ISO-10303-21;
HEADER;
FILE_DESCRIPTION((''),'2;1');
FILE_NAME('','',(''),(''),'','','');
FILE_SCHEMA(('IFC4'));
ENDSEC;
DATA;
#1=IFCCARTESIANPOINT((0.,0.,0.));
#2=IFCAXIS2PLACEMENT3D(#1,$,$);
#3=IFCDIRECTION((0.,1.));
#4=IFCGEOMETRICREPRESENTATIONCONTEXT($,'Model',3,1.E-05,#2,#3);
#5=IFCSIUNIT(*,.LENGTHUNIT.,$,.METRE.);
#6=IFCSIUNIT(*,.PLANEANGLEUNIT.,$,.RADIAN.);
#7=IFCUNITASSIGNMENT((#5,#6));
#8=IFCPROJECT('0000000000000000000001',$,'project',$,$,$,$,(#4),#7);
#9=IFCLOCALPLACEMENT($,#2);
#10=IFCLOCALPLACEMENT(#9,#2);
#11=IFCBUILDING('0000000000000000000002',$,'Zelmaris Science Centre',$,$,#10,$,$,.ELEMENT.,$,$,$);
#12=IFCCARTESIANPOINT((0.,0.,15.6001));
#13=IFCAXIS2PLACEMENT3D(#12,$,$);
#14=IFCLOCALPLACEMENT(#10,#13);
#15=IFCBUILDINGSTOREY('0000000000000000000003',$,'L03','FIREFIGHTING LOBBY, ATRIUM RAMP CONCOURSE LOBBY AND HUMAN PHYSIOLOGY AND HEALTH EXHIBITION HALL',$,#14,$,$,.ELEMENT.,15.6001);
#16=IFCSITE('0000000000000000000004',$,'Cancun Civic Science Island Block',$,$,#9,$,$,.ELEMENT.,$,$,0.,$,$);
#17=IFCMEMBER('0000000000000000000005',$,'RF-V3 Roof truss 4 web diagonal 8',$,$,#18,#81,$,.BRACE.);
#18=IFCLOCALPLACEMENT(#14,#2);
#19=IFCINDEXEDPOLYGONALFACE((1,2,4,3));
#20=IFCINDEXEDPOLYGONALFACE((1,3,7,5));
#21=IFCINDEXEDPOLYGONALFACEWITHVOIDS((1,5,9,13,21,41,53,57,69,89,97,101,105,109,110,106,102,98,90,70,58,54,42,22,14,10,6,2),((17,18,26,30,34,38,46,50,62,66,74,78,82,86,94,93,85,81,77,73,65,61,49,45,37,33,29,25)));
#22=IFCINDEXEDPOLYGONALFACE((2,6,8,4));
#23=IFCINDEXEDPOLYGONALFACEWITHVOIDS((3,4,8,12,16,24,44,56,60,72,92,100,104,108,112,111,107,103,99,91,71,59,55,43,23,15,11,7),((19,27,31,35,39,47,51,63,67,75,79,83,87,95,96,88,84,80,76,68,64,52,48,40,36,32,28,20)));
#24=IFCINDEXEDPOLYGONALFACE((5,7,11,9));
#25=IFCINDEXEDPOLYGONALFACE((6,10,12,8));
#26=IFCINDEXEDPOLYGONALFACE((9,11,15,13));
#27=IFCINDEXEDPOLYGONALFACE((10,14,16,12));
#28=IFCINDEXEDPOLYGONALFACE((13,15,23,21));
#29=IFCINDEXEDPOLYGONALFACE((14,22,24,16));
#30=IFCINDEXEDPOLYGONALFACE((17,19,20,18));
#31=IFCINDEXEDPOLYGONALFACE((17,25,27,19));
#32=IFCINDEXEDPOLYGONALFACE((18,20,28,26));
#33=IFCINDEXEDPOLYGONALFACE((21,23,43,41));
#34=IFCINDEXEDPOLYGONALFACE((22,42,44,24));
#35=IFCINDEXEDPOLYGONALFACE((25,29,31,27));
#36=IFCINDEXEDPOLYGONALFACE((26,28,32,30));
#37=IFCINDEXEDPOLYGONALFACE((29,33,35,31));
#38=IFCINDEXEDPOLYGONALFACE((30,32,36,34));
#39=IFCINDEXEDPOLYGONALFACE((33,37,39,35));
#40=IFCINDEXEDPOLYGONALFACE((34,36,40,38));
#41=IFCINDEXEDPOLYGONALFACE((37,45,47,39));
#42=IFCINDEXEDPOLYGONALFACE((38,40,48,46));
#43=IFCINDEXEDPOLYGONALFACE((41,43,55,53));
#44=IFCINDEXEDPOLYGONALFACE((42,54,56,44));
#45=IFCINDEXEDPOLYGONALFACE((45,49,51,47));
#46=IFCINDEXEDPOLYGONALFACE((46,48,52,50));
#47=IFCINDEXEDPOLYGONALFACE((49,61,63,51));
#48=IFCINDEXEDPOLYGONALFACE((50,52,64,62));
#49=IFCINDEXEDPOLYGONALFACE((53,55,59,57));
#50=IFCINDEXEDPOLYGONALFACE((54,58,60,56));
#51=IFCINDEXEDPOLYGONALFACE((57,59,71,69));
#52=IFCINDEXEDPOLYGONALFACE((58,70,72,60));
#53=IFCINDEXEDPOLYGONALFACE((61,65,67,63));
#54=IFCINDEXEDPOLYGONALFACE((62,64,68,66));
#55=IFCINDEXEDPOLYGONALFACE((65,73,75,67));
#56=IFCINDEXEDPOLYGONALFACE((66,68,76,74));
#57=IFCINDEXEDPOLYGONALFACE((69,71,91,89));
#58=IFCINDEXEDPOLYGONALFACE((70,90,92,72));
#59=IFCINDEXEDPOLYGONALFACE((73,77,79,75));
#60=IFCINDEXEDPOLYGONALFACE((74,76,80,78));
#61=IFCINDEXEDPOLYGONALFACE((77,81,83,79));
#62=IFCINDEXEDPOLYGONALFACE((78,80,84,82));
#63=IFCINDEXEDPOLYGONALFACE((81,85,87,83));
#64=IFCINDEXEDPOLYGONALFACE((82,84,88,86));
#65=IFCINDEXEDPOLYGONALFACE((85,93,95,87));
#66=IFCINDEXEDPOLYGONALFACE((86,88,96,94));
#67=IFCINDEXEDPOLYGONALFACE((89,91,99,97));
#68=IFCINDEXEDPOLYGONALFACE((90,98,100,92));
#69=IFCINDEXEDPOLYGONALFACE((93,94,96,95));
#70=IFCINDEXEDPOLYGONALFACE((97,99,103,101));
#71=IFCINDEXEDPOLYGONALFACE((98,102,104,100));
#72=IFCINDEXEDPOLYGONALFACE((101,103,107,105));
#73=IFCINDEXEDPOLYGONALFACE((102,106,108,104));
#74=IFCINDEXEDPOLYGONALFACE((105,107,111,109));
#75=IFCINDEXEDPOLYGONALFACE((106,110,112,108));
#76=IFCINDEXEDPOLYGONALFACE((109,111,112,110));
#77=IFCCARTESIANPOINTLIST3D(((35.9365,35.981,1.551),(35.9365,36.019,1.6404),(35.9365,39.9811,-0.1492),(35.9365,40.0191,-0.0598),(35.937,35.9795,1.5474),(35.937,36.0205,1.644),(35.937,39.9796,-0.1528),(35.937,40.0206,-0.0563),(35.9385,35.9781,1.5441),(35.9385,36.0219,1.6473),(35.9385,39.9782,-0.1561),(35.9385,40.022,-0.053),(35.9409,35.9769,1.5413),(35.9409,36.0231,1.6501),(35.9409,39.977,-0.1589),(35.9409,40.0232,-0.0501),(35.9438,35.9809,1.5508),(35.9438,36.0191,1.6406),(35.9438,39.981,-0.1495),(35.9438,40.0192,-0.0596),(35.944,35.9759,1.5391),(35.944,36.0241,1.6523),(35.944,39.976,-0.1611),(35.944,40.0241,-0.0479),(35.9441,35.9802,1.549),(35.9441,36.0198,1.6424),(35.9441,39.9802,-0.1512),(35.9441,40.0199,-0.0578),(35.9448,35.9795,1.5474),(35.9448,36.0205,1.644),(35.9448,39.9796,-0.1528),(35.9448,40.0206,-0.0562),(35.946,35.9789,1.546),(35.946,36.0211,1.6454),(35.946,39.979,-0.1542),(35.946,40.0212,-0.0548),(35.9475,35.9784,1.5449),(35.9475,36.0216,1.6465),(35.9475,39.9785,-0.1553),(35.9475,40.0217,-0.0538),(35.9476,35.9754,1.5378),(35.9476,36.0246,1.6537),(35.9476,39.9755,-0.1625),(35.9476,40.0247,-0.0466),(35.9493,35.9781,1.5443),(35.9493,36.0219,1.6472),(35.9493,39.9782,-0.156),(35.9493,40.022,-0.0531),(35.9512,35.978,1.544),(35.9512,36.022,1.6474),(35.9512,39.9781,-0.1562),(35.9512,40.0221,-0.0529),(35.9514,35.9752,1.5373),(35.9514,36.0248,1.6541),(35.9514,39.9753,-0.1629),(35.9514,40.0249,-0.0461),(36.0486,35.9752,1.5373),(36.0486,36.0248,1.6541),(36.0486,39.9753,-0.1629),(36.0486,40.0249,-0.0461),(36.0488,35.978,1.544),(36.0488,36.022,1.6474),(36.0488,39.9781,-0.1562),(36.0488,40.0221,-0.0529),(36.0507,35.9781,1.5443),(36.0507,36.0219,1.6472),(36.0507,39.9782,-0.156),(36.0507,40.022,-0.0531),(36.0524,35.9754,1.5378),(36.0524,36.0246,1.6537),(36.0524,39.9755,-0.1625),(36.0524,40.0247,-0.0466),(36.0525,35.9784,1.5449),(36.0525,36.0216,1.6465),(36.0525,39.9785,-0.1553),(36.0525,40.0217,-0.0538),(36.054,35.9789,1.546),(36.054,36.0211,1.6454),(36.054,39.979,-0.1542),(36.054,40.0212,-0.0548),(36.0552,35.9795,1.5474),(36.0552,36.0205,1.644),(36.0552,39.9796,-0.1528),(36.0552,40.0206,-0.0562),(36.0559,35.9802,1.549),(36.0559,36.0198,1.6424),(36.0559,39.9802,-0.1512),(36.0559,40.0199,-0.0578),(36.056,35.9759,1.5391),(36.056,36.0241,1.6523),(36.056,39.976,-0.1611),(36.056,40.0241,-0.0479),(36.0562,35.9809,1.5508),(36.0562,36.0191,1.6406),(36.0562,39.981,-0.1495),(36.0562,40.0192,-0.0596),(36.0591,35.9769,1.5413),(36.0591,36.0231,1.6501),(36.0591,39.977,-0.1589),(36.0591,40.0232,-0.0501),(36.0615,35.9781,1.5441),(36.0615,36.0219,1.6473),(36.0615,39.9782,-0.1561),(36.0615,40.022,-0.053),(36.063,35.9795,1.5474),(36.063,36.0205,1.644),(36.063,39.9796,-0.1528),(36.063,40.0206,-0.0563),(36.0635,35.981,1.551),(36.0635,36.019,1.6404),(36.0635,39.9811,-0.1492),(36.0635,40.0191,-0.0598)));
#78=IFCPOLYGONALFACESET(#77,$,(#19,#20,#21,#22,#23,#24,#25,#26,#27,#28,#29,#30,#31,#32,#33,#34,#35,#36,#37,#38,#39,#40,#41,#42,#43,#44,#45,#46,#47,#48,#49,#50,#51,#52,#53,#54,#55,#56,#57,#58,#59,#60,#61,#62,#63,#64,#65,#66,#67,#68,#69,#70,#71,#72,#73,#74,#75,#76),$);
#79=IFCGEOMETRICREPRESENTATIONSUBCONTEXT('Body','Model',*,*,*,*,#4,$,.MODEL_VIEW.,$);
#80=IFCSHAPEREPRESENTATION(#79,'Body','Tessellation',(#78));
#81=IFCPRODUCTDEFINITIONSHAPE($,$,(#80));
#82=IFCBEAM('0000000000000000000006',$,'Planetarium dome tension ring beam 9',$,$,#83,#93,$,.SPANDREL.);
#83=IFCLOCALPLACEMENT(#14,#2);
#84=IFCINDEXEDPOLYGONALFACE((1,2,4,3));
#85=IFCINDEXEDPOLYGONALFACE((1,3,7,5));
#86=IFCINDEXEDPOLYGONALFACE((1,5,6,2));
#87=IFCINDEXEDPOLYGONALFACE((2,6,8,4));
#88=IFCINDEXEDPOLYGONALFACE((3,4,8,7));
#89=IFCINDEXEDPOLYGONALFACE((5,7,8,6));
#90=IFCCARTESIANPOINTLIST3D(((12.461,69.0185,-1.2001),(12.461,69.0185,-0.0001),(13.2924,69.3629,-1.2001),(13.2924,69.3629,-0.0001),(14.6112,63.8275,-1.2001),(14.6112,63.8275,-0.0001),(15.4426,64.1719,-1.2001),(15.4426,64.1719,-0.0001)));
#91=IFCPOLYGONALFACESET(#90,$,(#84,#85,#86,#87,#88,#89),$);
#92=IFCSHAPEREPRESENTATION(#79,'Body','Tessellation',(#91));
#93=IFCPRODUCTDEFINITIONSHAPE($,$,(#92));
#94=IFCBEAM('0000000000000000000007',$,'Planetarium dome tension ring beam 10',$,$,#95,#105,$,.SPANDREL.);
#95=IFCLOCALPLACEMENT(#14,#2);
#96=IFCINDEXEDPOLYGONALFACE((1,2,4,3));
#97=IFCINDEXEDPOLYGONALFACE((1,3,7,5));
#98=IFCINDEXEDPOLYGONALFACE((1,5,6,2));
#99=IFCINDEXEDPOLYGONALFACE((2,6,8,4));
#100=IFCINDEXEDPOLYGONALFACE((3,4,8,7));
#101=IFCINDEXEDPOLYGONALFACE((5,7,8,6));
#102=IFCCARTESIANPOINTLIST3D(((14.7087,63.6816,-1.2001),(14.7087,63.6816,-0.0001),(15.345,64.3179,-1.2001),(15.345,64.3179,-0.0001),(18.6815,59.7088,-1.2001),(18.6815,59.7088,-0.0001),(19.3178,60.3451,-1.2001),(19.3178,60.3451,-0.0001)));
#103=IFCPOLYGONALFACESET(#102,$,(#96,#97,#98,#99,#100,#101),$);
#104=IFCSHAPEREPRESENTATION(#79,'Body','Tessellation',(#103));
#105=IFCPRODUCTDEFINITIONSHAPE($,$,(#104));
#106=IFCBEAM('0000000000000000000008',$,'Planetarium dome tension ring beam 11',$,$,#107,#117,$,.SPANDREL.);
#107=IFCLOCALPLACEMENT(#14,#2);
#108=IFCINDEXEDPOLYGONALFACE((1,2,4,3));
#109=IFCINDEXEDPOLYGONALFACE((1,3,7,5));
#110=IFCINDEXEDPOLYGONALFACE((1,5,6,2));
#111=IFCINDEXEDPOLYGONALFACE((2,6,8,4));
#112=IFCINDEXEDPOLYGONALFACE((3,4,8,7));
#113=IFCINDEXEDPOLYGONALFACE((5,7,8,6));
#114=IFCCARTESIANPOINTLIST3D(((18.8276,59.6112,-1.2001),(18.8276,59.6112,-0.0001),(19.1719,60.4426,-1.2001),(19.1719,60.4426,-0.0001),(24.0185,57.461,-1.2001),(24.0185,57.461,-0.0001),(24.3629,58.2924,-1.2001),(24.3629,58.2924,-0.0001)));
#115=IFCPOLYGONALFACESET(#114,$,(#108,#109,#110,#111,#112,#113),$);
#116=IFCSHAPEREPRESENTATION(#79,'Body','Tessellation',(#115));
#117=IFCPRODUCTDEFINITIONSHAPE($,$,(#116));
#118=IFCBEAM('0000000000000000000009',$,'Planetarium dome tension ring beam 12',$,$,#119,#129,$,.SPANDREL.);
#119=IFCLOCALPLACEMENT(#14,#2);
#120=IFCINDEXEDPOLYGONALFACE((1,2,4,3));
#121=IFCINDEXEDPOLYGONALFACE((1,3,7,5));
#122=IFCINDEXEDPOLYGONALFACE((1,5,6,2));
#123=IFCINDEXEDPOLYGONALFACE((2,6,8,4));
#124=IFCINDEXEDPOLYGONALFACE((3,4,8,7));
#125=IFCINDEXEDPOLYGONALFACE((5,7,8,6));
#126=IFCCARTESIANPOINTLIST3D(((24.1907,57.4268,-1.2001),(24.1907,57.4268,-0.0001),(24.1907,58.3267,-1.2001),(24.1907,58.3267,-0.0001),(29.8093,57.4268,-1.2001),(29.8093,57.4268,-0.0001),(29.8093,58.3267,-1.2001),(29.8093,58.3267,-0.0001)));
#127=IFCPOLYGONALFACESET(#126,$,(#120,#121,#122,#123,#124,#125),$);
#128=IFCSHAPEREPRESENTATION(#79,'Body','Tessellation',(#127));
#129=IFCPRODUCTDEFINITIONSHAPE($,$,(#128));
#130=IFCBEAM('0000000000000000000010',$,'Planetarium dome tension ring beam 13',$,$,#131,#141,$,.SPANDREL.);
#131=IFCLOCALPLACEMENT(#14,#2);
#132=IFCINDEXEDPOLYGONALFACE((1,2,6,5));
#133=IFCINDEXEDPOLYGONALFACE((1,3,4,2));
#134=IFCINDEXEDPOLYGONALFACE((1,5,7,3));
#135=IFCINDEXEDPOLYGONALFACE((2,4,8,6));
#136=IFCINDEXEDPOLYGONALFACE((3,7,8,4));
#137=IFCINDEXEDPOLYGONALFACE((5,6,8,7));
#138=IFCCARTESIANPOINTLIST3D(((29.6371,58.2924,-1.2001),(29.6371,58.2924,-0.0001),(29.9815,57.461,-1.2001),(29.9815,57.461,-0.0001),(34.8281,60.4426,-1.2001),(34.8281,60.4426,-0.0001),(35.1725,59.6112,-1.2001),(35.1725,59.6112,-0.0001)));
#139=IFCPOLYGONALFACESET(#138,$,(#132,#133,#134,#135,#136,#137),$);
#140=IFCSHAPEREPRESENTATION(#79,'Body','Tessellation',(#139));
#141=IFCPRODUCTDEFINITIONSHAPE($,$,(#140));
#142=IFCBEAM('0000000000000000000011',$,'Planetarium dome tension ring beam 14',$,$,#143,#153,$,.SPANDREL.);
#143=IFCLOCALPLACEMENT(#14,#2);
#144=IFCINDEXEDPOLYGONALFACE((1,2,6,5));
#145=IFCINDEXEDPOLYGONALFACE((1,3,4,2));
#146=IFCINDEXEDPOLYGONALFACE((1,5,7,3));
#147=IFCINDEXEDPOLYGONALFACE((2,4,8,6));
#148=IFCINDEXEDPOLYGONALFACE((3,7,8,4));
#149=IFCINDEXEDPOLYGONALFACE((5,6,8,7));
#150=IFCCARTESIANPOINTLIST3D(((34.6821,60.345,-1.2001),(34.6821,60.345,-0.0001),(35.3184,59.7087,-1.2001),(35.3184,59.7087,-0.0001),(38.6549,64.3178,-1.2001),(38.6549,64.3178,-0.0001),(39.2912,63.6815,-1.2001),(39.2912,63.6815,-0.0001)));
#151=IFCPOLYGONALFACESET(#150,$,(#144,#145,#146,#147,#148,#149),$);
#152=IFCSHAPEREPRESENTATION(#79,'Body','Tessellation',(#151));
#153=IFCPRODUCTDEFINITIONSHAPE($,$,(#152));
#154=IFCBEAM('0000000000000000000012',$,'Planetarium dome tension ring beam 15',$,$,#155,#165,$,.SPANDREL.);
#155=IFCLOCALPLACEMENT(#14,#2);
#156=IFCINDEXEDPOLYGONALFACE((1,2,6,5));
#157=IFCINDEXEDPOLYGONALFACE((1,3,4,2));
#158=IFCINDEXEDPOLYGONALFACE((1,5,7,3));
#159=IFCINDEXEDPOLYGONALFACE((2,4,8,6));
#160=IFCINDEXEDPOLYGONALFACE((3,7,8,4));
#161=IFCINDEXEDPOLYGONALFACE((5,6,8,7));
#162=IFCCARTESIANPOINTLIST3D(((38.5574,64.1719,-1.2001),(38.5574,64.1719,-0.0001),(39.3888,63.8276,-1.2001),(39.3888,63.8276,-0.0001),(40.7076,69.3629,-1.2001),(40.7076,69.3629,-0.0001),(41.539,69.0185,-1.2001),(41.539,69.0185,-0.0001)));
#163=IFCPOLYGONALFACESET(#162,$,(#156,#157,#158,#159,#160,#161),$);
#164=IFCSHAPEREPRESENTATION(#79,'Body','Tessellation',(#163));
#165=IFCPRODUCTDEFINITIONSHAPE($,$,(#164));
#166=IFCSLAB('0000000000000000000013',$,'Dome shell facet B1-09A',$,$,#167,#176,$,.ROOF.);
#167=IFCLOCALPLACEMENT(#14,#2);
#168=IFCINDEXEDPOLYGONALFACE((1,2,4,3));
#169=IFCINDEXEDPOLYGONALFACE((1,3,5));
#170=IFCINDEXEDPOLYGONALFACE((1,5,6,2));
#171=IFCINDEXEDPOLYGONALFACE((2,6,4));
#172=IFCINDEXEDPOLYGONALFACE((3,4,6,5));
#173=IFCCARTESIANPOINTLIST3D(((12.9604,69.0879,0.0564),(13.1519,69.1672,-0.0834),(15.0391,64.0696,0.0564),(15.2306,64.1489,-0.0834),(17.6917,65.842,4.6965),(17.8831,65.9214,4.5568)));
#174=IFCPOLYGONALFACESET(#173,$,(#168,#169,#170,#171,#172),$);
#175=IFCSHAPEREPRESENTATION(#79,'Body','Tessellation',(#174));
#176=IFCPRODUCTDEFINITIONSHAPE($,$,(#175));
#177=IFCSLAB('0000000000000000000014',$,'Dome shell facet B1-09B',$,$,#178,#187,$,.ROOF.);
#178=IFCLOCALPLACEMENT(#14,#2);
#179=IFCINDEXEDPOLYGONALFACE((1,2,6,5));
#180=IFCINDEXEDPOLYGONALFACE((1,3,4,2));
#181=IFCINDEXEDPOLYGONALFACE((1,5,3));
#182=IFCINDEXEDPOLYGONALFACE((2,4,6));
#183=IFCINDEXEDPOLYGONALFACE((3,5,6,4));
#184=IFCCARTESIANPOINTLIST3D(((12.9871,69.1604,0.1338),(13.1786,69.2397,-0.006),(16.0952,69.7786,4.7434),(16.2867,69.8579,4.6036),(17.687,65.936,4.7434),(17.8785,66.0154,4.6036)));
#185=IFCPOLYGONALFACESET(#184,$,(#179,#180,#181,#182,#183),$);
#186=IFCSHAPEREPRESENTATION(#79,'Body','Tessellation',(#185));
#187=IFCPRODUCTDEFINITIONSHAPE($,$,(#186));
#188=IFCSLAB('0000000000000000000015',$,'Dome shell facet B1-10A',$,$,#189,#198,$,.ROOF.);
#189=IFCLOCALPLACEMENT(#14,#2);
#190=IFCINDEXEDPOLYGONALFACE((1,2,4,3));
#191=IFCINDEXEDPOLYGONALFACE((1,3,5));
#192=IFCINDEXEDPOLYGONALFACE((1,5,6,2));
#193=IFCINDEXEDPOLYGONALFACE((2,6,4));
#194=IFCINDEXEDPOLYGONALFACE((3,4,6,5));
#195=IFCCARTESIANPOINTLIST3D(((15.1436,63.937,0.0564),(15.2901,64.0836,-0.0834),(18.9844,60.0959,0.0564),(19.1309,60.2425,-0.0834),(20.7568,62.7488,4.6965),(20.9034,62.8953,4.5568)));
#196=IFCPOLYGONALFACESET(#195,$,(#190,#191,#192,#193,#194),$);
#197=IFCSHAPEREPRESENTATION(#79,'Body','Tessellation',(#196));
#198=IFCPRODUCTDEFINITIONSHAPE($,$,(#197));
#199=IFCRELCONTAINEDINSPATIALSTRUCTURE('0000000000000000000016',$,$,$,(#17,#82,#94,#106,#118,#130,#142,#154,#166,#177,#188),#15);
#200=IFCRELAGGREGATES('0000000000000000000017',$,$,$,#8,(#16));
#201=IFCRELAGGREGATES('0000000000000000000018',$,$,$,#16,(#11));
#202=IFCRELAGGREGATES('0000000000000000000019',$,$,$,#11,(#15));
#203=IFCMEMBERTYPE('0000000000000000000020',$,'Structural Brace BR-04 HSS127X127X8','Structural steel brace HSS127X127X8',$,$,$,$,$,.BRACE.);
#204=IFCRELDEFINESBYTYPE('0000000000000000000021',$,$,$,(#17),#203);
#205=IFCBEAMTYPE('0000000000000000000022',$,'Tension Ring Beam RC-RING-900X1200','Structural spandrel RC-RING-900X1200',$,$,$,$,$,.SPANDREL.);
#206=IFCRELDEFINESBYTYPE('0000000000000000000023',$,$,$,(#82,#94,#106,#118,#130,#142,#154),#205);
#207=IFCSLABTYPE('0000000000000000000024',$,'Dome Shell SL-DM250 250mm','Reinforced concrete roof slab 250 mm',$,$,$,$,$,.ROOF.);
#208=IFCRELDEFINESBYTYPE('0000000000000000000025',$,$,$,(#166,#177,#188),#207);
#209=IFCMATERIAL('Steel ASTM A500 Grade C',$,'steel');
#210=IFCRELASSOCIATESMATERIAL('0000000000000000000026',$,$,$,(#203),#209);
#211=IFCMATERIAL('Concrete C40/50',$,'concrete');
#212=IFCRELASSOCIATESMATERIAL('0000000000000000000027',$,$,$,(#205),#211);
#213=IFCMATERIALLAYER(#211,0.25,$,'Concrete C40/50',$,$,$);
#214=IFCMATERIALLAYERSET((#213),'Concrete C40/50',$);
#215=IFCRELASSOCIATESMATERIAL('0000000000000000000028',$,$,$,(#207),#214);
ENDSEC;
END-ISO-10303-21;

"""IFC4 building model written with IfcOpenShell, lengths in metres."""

from ifc_helpers import new_model, si_unit, direction, frame, origin, origin_2d, place, context, subcontext, project, spatial, polyline, rectangle, hollow_rectangle, outline, extrude, material, layer, layer_set, material_profile, profile_set, type_object, element, save


model = new_model("IFC4")

# Units and contexts
model_context = context("Model", 3, precision=1e-05, world=origin(), true_north=direction((0.0, 1.0)))
body_context = subcontext(model_context, "Body", "Model", "MODEL_VIEW")
ifc_project = project(units=[si_unit("LENGTHUNIT", "METRE"), si_unit("PLANEANGLEUNIT", "RADIAN")], contexts=[model_context])

# Site, building, storey
site_placement = place(None, origin())
site = spatial("IfcSite", under=ifc_project, at=site_placement, Name="Cancun Civic Science Island Block", CompositionType="ELEMENT", RefElevation=0.0)
building_placement = place(site_placement, origin())
building = spatial("IfcBuilding", under=site, at=building_placement, Name="Zelmaris Science Centre", CompositionType="ELEMENT")
storey_placement = place(building_placement, frame((0.0, 0.0, 15.6001)))
storey = spatial("IfcBuildingStorey", under=building, at=storey_placement, Name="L03", Description="FIREFIGHTING LOBBY, ATRIUM RAMP CONCOURSE LOBBY AND HUMAN PHYSIOLOGY AND HEALTH EXHIBITION HALL", CompositionType="ELEMENT", Elevation=15.6001)

# Shared definitions
ifc_material_1 = material(Name="Concrete C40/50", Category="concrete")

# Member
ifc_material_2 = material(Name="Steel ASTM A500 Grade C", Category="steel")
ifc_material_profile_1 = material_profile(ifc_material_2, hollow_rectangle(XDim=0.127, YDim=0.127, WallThickness=0.0073, InnerFilletRadius=0.0073, OuterFilletRadius=0.0149, at=origin_2d()), Name="HSS127X127X8")
ifc_profile_set_1 = profile_set([ifc_material_profile_1], Name="Steel ASTM A500 Grade C")
member_type_1 = type_object("IfcMemberType", Name="Structural Brace BR-04 HSS127X127X8", Description="Structural steel brace HSS127X127X8", PredefinedType="BRACE", material=ifc_profile_set_1)
for number, where, z_axis, x_axis, name in (
    (1, (36.0, 36.0, 1.5957), (0.0, 0.920315, -0.391179), (-1.0, 0.0, 0.0), "RF-V3 Roof truss 4 web diagonal 8"),
):
    element("IfcMember", number, at=place(storey_placement, frame(where, z_axis=z_axis, x_axis=x_axis)), inside=storey, type_object=member_type_1, Name=name, PredefinedType="BRACE", context=body_context, shape_type="SweptSolid", body=[
        extrude(hollow_rectangle(XDim=0.127, YDim=0.127, WallThickness=0.0073, InnerFilletRadius=0.0073, OuterFilletRadius=0.0149, at=origin_2d()), origin(), (0.0, 0.0, 1.0), 4.3464),
    ])

# Beams
ifc_material_profile_2 = material_profile(ifc_material_1, rectangle(XDim=0.8999, YDim=1.2, at=origin_2d()), Name="RC-RING-900X1200")
ifc_profile_set_2 = profile_set([ifc_material_profile_2], Name="Concrete C40/50")
beam_type_1 = type_object("IfcBeamType", Name="Tension Ring Beam RC-RING-900X1200", Description="Structural spandrel RC-RING-900X1200", PredefinedType="SPANDREL", material=ifc_profile_set_2)
beam_1_placement = place(storey_placement, frame((12.8767, 69.1907, -0.6001), z_axis=(0.382683, -0.92388, 0.0), x_axis=(0.92388, 0.382683, 0.0)))
element("IfcBeam", 2, at=beam_1_placement, inside=storey, type_object=beam_type_1, Name="Planetarium dome tension ring beam 9", PredefinedType="SPANDREL", context=body_context, shape_type="SweptSolid", body=[
    extrude(rectangle(XDim=0.8999, YDim=1.2, at=origin_2d()), origin(), (0.0, 0.0, 1.0), 5.6187),
])
beam_2_placement = place(storey_placement, frame((15.0269, 63.9998, -0.6001), z_axis=(0.707107, -0.707107, 0.0), x_axis=(0.707107, 0.707107, 0.0)))
element("IfcBeam", 3, at=beam_2_placement, inside=storey, type_object=beam_type_1, Name="Planetarium dome tension ring beam 10", PredefinedType="SPANDREL", context=body_context, shape_type="SweptSolid", body=[
    extrude(rectangle(XDim=0.8999, YDim=1.2, at=origin_2d()), origin(), (0.0, 0.0, 1.0), 5.6184),
])
for number, where, z_axis, x_axis, name in (
    (4, (18.9998, 60.0269, -0.6001), (0.92388, -0.382683, 0.0), (0.382683, 0.92388, 0.0), "Planetarium dome tension ring beam 11"),
    (5, (24.1907, 57.8767, -0.6001), (1.0, 0.0, 0.0), (0.0, 1.0, 0.0), "Planetarium dome tension ring beam 12"),
    (6, (29.8093, 57.8767, -0.6001), (0.92388, 0.382683, 0.0), (-0.382683, 0.92388, 0.0), "Planetarium dome tension ring beam 13"),
):
    element("IfcBeam", number, at=place(storey_placement, frame(where, z_axis=z_axis, x_axis=x_axis)), inside=storey, type_object=beam_type_1, Name=name, PredefinedType="SPANDREL", context=body_context, shape_type="SweptSolid", body=[
        extrude(rectangle(XDim=0.8999, YDim=1.2, at=origin_2d()), origin(), (0.0, 0.0, 1.0), 5.6187),
    ])
beam_3_placement = place(storey_placement, frame((35.0002, 60.0269, -0.6001), z_axis=(0.707107, 0.707107, 0.0), x_axis=(-0.707107, 0.707107, 0.0)))
element("IfcBeam", 7, at=beam_3_placement, inside=storey, type_object=beam_type_1, Name="Planetarium dome tension ring beam 14", PredefinedType="SPANDREL", context=body_context, shape_type="SweptSolid", body=[
    extrude(rectangle(XDim=0.8999, YDim=1.2, at=origin_2d()), origin(), (0.0, 0.0, 1.0), 5.6184),
])
beam_4_placement = place(storey_placement, frame((38.9731, 63.9998, -0.6001), z_axis=(0.382683, 0.92388, 0.0), x_axis=(-0.92388, 0.382683, 0.0)))
element("IfcBeam", 8, at=beam_4_placement, inside=storey, type_object=beam_type_1, Name="Planetarium dome tension ring beam 15", PredefinedType="SPANDREL", context=body_context, shape_type="SweptSolid", body=[
    extrude(rectangle(XDim=0.8999, YDim=1.2, at=origin_2d()), origin(), (0.0, 0.0, 1.0), 5.6187),
])

# Slabs
ifc_layer = layer(ifc_material_1, 0.25, Name="Concrete C40/50")
ifc_layer_set = layer_set([ifc_layer], Name="Concrete C40/50")
slab_type = type_object("IfcSlabType", Name="Dome Shell SL-DM250 250mm", Description="Reinforced concrete roof slab 250 mm", PredefinedType="ROOF", material=ifc_layer_set)
slab_1_placement = place(storey_placement, frame((12.9604, 69.0879, 0.0564), z_axis=(-0.765998, -0.317281, 0.559088), x_axis=(0.382677, -0.923882, 0.0)))
element("IfcSlab", 9, at=slab_1_placement, inside=storey, type_object=slab_type, Name="Dome shell facet B1-09A", PredefinedType="ROOF", context=body_context, shape_type="SweptSolid", body=[
    extrude(outline(polyline([(0.0, 0.0), (5.4318, 0.0), (4.8093, 5.5965), (0.0, 0.0)])), origin(), (0.0, 0.0, -1.0), 0.25),
])
slab_2_placement = place(storey_placement, frame((12.9871, 69.1604, 0.1338), z_axis=(-0.766006, -0.317324, 0.559053), x_axis=(0.64116, -0.439863, 0.628837)))
element("IfcSlab", 10, at=slab_2_placement, inside=storey, type_object=slab_type, Name="Dome shell facet B1-09B", PredefinedType="ROOF", context=body_context, shape_type="SweptSolid", body=[
    extrude(outline(polyline([(0.0, 0.0), (7.3304, 0.0), (4.6196, 3.1544), (0.0, 0.0)])), origin(), (0.0, 0.0, -1.0), 0.25),
])
slab_3_placement = place(storey_placement, frame((15.1436, 63.937, 0.0564), z_axis=(-0.586276, -0.586239, 0.55911), x_axis=(0.707084, -0.707129, 0.0)))
element("IfcSlab", 11, at=slab_3_placement, inside=storey, type_object=slab_type, Name="Dome shell facet B1-10A", PredefinedType="ROOF", context=body_context, shape_type="SweptSolid", body=[
    extrude(outline(polyline([(0.0, 0.0), (5.4319, 0.0), (4.8093, 5.5966), (0.0, 0.0)])), origin(), (0.0, 0.0, -1.0), 0.25),
])

save(model, "model.ifc")
